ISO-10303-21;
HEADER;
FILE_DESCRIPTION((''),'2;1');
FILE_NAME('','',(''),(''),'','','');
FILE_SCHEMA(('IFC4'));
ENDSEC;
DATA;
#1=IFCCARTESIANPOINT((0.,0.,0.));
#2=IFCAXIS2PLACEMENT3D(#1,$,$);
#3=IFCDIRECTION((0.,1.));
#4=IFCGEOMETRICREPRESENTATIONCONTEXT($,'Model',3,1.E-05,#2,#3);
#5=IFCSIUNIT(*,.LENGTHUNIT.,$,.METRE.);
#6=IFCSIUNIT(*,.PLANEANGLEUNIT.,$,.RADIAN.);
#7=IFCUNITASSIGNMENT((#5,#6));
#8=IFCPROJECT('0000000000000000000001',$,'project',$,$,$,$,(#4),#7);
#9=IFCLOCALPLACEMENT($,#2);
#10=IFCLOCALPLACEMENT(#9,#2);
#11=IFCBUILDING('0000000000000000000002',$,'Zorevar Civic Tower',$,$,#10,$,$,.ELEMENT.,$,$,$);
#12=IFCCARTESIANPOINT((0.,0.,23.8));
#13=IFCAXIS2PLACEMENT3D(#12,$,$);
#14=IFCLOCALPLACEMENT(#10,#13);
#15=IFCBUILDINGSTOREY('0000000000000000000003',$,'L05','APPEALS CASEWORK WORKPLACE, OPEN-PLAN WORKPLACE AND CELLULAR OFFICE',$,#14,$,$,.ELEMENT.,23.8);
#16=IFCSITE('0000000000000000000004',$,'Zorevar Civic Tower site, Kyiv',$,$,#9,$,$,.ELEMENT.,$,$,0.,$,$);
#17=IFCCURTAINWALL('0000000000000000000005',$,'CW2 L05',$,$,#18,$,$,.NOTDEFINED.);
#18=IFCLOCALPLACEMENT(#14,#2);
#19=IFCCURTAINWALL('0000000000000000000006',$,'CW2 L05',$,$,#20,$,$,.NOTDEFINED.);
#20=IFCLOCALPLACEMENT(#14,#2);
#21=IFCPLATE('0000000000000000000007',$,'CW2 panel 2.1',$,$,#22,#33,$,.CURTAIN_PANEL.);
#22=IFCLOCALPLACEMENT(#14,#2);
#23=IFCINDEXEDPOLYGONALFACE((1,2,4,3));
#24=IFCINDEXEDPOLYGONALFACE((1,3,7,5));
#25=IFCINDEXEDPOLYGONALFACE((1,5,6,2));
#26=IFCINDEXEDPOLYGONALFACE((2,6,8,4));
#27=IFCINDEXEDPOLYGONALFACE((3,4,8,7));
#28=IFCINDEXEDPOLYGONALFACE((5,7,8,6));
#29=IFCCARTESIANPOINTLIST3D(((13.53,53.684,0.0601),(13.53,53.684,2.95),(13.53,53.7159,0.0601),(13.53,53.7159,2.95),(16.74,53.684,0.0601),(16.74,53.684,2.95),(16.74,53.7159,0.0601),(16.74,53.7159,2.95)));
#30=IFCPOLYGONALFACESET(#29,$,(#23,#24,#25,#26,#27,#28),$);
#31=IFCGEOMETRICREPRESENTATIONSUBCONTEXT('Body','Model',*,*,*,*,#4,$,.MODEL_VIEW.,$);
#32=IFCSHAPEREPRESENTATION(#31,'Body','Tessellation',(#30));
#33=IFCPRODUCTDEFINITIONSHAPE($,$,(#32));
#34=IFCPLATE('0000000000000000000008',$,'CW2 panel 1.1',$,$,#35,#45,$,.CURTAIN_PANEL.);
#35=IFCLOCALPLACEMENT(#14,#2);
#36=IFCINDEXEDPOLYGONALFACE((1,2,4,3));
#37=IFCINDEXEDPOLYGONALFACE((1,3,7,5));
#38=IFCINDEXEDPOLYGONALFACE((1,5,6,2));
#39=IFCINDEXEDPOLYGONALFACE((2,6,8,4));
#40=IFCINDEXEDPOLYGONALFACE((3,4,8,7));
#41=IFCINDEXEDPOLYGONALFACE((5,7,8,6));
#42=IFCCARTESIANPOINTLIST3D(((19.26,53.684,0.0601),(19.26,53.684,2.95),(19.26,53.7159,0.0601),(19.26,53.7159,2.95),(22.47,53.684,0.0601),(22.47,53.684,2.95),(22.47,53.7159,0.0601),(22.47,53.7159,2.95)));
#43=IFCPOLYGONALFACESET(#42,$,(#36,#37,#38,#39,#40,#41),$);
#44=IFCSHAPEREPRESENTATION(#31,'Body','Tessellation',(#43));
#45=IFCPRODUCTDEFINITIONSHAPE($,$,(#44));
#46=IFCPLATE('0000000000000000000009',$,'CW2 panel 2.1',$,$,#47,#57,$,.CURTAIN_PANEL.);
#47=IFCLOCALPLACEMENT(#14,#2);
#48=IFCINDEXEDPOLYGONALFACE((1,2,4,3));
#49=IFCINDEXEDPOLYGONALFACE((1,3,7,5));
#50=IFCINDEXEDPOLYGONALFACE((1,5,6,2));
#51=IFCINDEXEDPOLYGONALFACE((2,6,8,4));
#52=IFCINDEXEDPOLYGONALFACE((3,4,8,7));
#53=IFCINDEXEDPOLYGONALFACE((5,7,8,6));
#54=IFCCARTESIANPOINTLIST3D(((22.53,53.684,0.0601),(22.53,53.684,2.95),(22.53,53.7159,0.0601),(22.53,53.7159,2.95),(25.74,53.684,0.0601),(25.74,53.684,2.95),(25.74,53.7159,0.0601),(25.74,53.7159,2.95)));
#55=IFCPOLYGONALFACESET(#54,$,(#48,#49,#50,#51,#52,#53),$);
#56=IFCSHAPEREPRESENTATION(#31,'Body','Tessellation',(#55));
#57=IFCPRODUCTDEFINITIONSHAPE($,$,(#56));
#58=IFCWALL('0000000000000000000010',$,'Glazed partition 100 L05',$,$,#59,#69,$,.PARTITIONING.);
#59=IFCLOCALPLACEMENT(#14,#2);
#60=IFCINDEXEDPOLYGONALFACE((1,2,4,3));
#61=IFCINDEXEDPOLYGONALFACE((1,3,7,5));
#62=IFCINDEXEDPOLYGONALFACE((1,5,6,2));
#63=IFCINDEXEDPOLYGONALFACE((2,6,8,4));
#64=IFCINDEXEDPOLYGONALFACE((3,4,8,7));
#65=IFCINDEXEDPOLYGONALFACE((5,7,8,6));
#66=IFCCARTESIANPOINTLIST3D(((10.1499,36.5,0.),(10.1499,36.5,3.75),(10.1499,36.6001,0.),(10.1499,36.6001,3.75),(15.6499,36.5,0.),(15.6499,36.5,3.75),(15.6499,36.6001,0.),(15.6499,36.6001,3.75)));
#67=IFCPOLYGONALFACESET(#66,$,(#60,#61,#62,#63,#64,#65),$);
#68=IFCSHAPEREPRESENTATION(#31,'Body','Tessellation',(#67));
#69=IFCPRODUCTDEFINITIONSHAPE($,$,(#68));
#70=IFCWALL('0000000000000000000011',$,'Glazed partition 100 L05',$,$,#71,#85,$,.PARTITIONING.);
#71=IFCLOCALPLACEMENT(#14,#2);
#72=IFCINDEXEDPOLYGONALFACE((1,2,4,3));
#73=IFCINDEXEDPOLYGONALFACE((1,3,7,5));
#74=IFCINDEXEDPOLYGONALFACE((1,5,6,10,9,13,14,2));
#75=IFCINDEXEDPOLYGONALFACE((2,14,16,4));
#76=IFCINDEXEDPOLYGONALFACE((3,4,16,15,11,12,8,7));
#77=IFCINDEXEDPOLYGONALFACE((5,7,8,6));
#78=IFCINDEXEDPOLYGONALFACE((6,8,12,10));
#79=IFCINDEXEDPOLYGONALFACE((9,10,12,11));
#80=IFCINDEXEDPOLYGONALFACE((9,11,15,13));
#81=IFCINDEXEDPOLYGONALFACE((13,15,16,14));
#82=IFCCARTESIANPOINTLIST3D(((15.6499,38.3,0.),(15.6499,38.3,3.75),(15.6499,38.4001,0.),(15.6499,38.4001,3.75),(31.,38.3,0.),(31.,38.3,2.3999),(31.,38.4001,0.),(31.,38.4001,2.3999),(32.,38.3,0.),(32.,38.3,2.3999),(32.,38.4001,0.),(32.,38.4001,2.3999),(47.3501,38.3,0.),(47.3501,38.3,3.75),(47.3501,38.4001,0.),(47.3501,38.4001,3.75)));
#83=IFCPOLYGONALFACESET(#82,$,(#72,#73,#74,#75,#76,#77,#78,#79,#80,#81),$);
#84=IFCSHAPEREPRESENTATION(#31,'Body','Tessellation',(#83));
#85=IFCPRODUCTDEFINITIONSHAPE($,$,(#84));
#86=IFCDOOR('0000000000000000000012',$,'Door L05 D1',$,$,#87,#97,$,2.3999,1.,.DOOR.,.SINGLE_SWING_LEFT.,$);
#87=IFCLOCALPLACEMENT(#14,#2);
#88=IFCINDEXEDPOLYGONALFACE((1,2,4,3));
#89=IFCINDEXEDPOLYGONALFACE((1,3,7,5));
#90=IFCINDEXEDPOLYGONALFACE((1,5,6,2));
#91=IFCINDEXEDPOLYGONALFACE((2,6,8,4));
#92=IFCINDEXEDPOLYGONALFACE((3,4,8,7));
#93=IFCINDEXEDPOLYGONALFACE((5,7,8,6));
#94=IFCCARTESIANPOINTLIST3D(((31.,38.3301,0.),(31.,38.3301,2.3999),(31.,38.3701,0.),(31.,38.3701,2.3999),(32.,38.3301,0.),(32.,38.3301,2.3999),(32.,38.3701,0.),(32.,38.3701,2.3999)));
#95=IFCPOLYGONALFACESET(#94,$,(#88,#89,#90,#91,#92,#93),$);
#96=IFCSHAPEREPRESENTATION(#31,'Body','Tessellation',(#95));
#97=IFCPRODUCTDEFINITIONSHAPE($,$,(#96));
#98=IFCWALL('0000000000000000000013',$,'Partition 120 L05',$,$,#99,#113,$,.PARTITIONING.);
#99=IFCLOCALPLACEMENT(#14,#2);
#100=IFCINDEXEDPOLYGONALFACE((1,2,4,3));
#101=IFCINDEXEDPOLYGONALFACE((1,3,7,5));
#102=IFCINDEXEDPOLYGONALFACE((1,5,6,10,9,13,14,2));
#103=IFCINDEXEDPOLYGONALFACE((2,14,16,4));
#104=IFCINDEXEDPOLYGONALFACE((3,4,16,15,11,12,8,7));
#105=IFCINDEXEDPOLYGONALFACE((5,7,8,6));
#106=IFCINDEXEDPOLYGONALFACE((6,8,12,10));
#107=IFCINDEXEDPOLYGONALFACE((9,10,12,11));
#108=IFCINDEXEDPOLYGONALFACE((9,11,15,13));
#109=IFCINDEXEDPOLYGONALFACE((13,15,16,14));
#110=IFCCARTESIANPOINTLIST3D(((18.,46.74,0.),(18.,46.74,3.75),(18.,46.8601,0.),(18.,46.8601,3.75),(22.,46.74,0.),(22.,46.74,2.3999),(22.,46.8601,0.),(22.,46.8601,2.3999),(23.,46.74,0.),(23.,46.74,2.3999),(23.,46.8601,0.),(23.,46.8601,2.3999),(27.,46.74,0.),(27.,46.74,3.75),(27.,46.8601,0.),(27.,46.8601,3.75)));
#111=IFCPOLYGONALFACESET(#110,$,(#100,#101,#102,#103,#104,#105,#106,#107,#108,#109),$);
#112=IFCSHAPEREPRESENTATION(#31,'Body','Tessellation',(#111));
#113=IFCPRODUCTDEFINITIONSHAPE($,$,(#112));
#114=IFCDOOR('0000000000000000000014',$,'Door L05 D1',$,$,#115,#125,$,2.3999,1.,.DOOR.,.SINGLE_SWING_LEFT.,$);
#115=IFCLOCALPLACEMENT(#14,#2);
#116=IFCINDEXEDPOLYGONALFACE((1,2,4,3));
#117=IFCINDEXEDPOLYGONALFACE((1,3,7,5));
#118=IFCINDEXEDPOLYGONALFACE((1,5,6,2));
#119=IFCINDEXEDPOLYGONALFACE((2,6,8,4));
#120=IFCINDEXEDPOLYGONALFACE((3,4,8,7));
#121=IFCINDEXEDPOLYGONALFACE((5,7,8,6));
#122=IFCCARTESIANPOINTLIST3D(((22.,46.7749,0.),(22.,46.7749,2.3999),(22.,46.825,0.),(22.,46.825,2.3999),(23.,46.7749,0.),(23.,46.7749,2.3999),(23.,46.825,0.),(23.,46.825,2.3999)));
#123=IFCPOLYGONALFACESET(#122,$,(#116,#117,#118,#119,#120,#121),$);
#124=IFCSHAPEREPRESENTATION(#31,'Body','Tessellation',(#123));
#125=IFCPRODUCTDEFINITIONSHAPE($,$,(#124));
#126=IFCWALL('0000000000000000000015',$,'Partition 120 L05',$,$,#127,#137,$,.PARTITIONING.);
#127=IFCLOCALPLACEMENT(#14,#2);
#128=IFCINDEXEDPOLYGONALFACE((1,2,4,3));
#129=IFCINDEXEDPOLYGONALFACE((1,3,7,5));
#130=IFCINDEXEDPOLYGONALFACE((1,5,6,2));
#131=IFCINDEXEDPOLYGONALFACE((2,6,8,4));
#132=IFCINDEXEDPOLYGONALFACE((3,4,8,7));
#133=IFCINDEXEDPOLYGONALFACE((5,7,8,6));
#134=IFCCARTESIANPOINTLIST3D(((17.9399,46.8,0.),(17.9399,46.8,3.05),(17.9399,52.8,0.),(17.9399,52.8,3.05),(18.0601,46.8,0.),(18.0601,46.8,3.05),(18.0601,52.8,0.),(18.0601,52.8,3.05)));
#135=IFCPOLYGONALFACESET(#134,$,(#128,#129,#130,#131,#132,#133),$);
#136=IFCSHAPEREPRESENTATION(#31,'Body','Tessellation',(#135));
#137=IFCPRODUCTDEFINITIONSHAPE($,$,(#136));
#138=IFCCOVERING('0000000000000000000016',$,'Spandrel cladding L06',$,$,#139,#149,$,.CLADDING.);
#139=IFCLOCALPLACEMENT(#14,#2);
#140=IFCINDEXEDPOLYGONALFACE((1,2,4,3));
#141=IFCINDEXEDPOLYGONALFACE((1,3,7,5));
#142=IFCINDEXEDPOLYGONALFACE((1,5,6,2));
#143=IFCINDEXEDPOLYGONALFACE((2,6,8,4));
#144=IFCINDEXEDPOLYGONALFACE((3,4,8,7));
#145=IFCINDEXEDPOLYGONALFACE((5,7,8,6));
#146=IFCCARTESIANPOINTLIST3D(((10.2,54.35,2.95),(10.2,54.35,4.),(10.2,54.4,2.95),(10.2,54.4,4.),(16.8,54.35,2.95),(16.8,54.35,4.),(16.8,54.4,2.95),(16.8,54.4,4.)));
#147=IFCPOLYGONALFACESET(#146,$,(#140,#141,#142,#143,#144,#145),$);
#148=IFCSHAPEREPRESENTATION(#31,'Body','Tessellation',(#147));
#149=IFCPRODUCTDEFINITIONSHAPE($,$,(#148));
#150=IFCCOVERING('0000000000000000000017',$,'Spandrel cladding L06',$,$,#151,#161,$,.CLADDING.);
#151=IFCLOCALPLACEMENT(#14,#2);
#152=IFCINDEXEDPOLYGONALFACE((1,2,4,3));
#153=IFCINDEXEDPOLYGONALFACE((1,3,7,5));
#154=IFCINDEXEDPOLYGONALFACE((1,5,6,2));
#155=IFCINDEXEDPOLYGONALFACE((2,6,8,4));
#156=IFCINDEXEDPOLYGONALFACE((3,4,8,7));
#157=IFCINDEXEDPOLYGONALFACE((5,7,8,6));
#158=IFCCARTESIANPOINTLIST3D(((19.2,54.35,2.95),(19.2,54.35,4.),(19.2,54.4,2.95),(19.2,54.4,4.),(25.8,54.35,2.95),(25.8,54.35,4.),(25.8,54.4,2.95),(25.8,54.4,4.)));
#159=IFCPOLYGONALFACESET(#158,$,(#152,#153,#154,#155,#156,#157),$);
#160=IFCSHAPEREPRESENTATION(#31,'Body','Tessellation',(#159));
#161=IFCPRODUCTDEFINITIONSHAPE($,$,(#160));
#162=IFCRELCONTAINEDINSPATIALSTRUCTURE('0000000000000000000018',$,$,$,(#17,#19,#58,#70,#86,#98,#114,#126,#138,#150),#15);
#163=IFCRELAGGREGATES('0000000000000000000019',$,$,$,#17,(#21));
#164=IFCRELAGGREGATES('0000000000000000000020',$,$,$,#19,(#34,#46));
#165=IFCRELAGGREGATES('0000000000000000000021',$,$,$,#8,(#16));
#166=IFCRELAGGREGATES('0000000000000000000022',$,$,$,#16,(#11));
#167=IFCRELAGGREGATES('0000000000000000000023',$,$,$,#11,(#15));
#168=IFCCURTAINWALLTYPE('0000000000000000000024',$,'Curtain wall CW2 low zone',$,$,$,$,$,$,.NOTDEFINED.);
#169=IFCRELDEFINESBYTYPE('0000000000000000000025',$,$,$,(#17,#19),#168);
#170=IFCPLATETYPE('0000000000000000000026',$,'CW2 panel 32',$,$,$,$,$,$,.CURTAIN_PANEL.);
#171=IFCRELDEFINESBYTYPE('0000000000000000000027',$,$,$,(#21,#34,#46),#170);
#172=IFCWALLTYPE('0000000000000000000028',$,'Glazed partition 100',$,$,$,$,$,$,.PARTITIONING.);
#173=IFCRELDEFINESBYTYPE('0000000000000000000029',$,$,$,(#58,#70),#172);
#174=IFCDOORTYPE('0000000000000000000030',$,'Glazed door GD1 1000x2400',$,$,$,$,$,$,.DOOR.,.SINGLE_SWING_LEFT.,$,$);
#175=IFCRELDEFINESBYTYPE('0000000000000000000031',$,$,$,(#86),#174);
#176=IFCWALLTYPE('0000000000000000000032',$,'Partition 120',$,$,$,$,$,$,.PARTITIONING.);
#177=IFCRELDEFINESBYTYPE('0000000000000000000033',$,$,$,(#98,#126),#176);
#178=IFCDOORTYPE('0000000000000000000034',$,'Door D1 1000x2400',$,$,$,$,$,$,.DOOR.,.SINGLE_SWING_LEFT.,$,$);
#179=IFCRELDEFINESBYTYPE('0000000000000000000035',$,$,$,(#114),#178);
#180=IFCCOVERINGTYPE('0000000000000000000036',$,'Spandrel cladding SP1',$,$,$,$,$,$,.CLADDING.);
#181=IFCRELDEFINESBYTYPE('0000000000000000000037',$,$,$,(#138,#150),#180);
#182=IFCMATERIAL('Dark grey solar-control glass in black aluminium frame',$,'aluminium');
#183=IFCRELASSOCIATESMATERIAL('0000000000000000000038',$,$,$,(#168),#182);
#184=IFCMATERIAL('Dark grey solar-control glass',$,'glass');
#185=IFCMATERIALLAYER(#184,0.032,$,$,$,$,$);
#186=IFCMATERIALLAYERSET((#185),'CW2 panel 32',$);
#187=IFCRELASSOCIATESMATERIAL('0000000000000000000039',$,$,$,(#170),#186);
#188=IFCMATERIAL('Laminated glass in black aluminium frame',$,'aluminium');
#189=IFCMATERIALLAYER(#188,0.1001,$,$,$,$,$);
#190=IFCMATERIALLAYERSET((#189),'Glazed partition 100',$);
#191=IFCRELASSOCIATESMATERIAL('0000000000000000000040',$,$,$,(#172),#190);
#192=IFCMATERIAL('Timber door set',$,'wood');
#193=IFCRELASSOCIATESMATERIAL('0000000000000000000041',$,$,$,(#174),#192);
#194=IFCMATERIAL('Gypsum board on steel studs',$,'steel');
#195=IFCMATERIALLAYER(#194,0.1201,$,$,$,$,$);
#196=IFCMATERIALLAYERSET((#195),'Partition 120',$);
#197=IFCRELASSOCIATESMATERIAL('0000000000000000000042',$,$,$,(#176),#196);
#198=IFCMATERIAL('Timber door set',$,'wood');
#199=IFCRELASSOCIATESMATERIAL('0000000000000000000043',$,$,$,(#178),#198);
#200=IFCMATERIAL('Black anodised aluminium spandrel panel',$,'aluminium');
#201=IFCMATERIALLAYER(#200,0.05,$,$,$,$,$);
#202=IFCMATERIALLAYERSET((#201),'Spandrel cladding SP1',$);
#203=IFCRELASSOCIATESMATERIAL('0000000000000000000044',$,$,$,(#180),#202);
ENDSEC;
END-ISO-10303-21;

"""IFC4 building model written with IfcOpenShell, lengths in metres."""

from ifc_helpers import new_model, si_unit, direction, frame, frame_2d, origin, origin_2d, place, context, subcontext, project, spatial, rectangle, extrude, material, layer, layer_set, type_object, element, fill, aggregate, save


model = new_model("IFC4")

# Units and contexts
model_context = context("Model", 3, precision=1e-05, world=origin(), true_north=direction((0.0, 1.0)))
body_context = subcontext(model_context, "Body", "Model", "MODEL_VIEW")
ifc_project = project(units=[si_unit("LENGTHUNIT", "METRE"), si_unit("PLANEANGLEUNIT", "RADIAN")], contexts=[model_context])

# Site, building, storey
site_placement = place(None, origin())
site = spatial("IfcSite", under=ifc_project, at=site_placement, Name="Zorevar Civic Tower site, Kyiv", CompositionType="ELEMENT", RefElevation=0.0)
building_placement = place(site_placement, origin())
building = spatial("IfcBuilding", under=site, at=building_placement, Name="Zorevar Civic Tower", CompositionType="ELEMENT")
storey_placement = place(building_placement, frame((0.0, 0.0, 23.8)))
storey = spatial("IfcBuildingStorey", under=building, at=storey_placement, Name="L05", Description="APPEALS CASEWORK WORKPLACE, OPEN-PLAN WORKPLACE AND CELLULAR OFFICE", CompositionType="ELEMENT", Elevation=23.8)

# Curtain walls
ifc_material_1 = material(Name="Dark grey solar-control glass in black aluminium frame", Category="aluminium")
curtain_wall_type = type_object("IfcCurtainWallType", Name="Curtain wall CW2 low zone", PredefinedType="NOTDEFINED", material=ifc_material_1)
curtain_wall_1_placement = place(storey_placement, origin())
curtain_wall_1 = element("IfcCurtainWall", 1, at=curtain_wall_1_placement, inside=storey, type_object=curtain_wall_type, Name="CW2 L05", PredefinedType="NOTDEFINED")
curtain_wall_2_placement = place(storey_placement, origin())
curtain_wall_2 = element("IfcCurtainWall", 2, at=curtain_wall_2_placement, inside=storey, type_object=curtain_wall_type, Name="CW2 L05", PredefinedType="NOTDEFINED")

# Plates
ifc_material_2 = material(Name="Dark grey solar-control glass", Category="glass")
ifc_layer_1 = layer(ifc_material_2, 0.032)
ifc_layer_set_1 = layer_set([ifc_layer_1], Name="CW2 panel 32")
plate_type = type_object("IfcPlateType", Name="CW2 panel 32", PredefinedType="CURTAIN_PANEL", material=ifc_layer_set_1)
plate_1_placement = place(storey_placement, frame((15.135, 53.7, 0.0601), z_axis=(0.0, 0.0, 1.0), x_axis=(1.0, 0.0, 0.0)))
plate_1 = element("IfcPlate", 3, at=plate_1_placement, type_object=plate_type, Name="CW2 panel 2.1", PredefinedType="CURTAIN_PANEL", context=body_context, shape_type="SweptSolid", body=[
    extrude(rectangle(XDim=3.21, YDim=0.032, at=origin_2d()), origin(), (0.0, 0.0, 1.0), 2.8899),
])
aggregate(curtain_wall_1, [plate_1])
plate_2_placement = place(storey_placement, frame((20.865, 53.7, 0.0601), z_axis=(0.0, 0.0, 1.0), x_axis=(1.0, 0.0, 0.0)))
plate_2 = element("IfcPlate", 4, at=plate_2_placement, type_object=plate_type, Name="CW2 panel 1.1", PredefinedType="CURTAIN_PANEL", context=body_context, shape_type="SweptSolid", body=[
    extrude(rectangle(XDim=3.21, YDim=0.032, at=origin_2d()), origin(), (0.0, 0.0, 1.0), 2.8899),
])
plate_3_placement = place(storey_placement, frame((24.135, 53.7, 0.0601), z_axis=(0.0, 0.0, 1.0), x_axis=(1.0, 0.0, 0.0)))
plate_3 = element("IfcPlate", 5, at=plate_3_placement, type_object=plate_type, Name="CW2 panel 2.1", PredefinedType="CURTAIN_PANEL", context=body_context, shape_type="SweptSolid", body=[
    extrude(rectangle(XDim=3.21, YDim=0.032, at=origin_2d()), origin(), (0.0, 0.0, 1.0), 2.8899),
])
aggregate(curtain_wall_2, [plate_2, plate_3])

# Wall
ifc_material_3 = material(Name="Laminated glass in black aluminium frame", Category="aluminium")
ifc_layer_2 = layer(ifc_material_3, 0.1001)
ifc_layer_set_2 = layer_set([ifc_layer_2], Name="Glazed partition 100")
wall_type_1 = type_object("IfcWallType", Name="Glazed partition 100", PredefinedType="PARTITIONING", material=ifc_layer_set_2)
wall_1_placement = place(storey_placement, frame((10.1499, 36.55, 0.0), z_axis=(0.0, 0.0, 1.0), x_axis=(1.0, 0.0, 0.0)))
element("IfcWall", 6, at=wall_1_placement, inside=storey, type_object=wall_type_1, Name="Glazed partition 100 L05", PredefinedType="PARTITIONING", context=body_context, shape_type="SweptSolid", body=[
    extrude(rectangle(XDim=5.5, YDim=0.1001, at=frame_2d((2.75, 0.0))), origin(), (0.0, 0.0, 1.0), 3.75),
])

# Walls, openings, doors
wall_2_placement = place(storey_placement, frame((15.6499, 38.3501, 0.0), z_axis=(0.0, 0.0, 1.0), x_axis=(1.0, 0.0, 0.0)))
wall_2 = element("IfcWall", 7, at=wall_2_placement, inside=storey, type_object=wall_type_1, Name="Glazed partition 100 L05", PredefinedType="PARTITIONING", context=body_context, shape_type="SweptSolid", body=[
    extrude(rectangle(XDim=31.7002, YDim=0.1001, at=frame_2d((15.8501, 0.0))), origin(), (0.0, 0.0, 1.0), 3.75),
])
opening_1_placement = place(wall_2_placement, frame((15.3501, 0.0, 0.0)))
opening_1 = element("IfcOpeningElement", 8, at=opening_1_placement, cuts=wall_2, PredefinedType="OPENING", context=body_context, shape_type="SweptSolid", body=[
    extrude(rectangle(XDim=1.0, YDim=2.3999, at=frame_2d((0.5, 1.2))), frame((0.0, 0.0601, 0.0), z_axis=(0.0, -1.0, 0.0), x_axis=(1.0, 0.0, 0.0)), (0.0, 0.0, 1.0), 0.1201),
])
ifc_material_4 = material(Name="Timber door set", Category="wood")
door_type_1 = type_object("IfcDoorType", Name="Glazed door GD1 1000x2400", OperationType="SINGLE_SWING_LEFT", PredefinedType="DOOR", material=ifc_material_4)
door_1_placement = place(opening_1_placement, origin())
door_1 = element("IfcDoor", 9, at=door_1_placement, inside=storey, type_object=door_type_1, Name="Door L05 D1", OperationType="SINGLE_SWING_LEFT", OverallHeight=2.3999, OverallWidth=1.0, PredefinedType="DOOR", context=body_context, shape_type="SweptSolid", body=[
    extrude(rectangle(XDim=1.0, YDim=2.3999, at=frame_2d((0.5, 1.2))), frame((0.0, 0.02, 0.0), z_axis=(0.0, -1.0, 0.0), x_axis=(1.0, 0.0, 0.0)), (0.0, 0.0, 1.0), 0.04),
])
fill(opening_1, door_1)
ifc_material_5 = material(Name="Gypsum board on steel studs", Category="steel")
ifc_layer_3 = layer(ifc_material_5, 0.1201)
ifc_layer_set_3 = layer_set([ifc_layer_3], Name="Partition 120")
wall_type_2 = type_object("IfcWallType", Name="Partition 120", PredefinedType="PARTITIONING", material=ifc_layer_set_3)
wall_3_placement = place(storey_placement, frame((18.0, 46.8, 0.0), z_axis=(0.0, 0.0, 1.0), x_axis=(1.0, 0.0, 0.0)))
wall_3 = element("IfcWall", 10, at=wall_3_placement, inside=storey, type_object=wall_type_2, Name="Partition 120 L05", PredefinedType="PARTITIONING", context=body_context, shape_type="SweptSolid", body=[
    extrude(rectangle(XDim=9.0, YDim=0.1201, at=frame_2d((4.5, 0.0))), origin(), (0.0, 0.0, 1.0), 3.75),
])
opening_2_placement = place(wall_3_placement, frame((4.0, 0.0, 0.0)))
opening_2 = element("IfcOpeningElement", 11, at=opening_2_placement, cuts=wall_3, PredefinedType="OPENING", context=body_context, shape_type="SweptSolid", body=[
    extrude(rectangle(XDim=1.0, YDim=2.3999, at=frame_2d((0.5, 1.2))), frame((0.0, 0.0701, 0.0), z_axis=(0.0, -1.0, 0.0), x_axis=(1.0, 0.0, 0.0)), (0.0, 0.0, 1.0), 0.1401),
])
ifc_material_6 = material(Name="Timber door set", Category="wood")
door_type_2 = type_object("IfcDoorType", Name="Door D1 1000x2400", OperationType="SINGLE_SWING_LEFT", PredefinedType="DOOR", material=ifc_material_6)
door_2_placement = place(opening_2_placement, origin())
door_2 = element("IfcDoor", 12, at=door_2_placement, inside=storey, type_object=door_type_2, Name="Door L05 D1", OperationType="SINGLE_SWING_LEFT", OverallHeight=2.3999, OverallWidth=1.0, PredefinedType="DOOR", context=body_context, shape_type="SweptSolid", body=[
    extrude(rectangle(XDim=1.0, YDim=2.3999, at=frame_2d((0.5, 1.2))), frame((0.0, 0.0249, 0.0), z_axis=(0.0, -1.0, 0.0), x_axis=(1.0, 0.0, 0.0)), (0.0, 0.0, 1.0), 0.05),
])
fill(opening_2, door_2)

# Wall
wall_4_placement = place(storey_placement, frame((18.0, 46.8, 0.0), z_axis=(0.0, 0.0, 1.0), x_axis=(0.0, 1.0, 0.0)))
element("IfcWall", 13, at=wall_4_placement, inside=storey, type_object=wall_type_2, Name="Partition 120 L05", PredefinedType="PARTITIONING", context=body_context, shape_type="SweptSolid", body=[
    extrude(rectangle(XDim=6.0, YDim=0.1201, at=frame_2d((3.0, 0.0))), origin(), (0.0, 0.0, 1.0), 3.05),
])

# Coverings
ifc_material_7 = material(Name="Black anodised aluminium spandrel panel", Category="aluminium")
ifc_layer_4 = layer(ifc_material_7, 0.05)
ifc_layer_set_4 = layer_set([ifc_layer_4], Name="Spandrel cladding SP1")
covering_type = type_object("IfcCoveringType", Name="Spandrel cladding SP1", PredefinedType="CLADDING", material=ifc_layer_set_4)
for number, where, z_axis, x_axis, name in (
    (14, (10.2, 54.375, 2.95), (0.0, 0.0, 1.0), (1.0, 0.0, 0.0), "Spandrel cladding L06"),
    (15, (19.2, 54.375, 2.95), (0.0, 0.0, 1.0), (1.0, 0.0, 0.0), "Spandrel cladding L06"),
):
    element("IfcCovering", number, at=place(storey_placement, frame(where, z_axis=z_axis, x_axis=x_axis)), inside=storey, type_object=covering_type, Name=name, PredefinedType="CLADDING", context=body_context, shape_type="SweptSolid", body=[
        extrude(rectangle(XDim=6.6001, YDim=0.05, at=frame_2d((3.3, 0.0))), origin(), (0.0, 0.0, 1.0), 1.05),
    ])

save(model, "model.ifc")
